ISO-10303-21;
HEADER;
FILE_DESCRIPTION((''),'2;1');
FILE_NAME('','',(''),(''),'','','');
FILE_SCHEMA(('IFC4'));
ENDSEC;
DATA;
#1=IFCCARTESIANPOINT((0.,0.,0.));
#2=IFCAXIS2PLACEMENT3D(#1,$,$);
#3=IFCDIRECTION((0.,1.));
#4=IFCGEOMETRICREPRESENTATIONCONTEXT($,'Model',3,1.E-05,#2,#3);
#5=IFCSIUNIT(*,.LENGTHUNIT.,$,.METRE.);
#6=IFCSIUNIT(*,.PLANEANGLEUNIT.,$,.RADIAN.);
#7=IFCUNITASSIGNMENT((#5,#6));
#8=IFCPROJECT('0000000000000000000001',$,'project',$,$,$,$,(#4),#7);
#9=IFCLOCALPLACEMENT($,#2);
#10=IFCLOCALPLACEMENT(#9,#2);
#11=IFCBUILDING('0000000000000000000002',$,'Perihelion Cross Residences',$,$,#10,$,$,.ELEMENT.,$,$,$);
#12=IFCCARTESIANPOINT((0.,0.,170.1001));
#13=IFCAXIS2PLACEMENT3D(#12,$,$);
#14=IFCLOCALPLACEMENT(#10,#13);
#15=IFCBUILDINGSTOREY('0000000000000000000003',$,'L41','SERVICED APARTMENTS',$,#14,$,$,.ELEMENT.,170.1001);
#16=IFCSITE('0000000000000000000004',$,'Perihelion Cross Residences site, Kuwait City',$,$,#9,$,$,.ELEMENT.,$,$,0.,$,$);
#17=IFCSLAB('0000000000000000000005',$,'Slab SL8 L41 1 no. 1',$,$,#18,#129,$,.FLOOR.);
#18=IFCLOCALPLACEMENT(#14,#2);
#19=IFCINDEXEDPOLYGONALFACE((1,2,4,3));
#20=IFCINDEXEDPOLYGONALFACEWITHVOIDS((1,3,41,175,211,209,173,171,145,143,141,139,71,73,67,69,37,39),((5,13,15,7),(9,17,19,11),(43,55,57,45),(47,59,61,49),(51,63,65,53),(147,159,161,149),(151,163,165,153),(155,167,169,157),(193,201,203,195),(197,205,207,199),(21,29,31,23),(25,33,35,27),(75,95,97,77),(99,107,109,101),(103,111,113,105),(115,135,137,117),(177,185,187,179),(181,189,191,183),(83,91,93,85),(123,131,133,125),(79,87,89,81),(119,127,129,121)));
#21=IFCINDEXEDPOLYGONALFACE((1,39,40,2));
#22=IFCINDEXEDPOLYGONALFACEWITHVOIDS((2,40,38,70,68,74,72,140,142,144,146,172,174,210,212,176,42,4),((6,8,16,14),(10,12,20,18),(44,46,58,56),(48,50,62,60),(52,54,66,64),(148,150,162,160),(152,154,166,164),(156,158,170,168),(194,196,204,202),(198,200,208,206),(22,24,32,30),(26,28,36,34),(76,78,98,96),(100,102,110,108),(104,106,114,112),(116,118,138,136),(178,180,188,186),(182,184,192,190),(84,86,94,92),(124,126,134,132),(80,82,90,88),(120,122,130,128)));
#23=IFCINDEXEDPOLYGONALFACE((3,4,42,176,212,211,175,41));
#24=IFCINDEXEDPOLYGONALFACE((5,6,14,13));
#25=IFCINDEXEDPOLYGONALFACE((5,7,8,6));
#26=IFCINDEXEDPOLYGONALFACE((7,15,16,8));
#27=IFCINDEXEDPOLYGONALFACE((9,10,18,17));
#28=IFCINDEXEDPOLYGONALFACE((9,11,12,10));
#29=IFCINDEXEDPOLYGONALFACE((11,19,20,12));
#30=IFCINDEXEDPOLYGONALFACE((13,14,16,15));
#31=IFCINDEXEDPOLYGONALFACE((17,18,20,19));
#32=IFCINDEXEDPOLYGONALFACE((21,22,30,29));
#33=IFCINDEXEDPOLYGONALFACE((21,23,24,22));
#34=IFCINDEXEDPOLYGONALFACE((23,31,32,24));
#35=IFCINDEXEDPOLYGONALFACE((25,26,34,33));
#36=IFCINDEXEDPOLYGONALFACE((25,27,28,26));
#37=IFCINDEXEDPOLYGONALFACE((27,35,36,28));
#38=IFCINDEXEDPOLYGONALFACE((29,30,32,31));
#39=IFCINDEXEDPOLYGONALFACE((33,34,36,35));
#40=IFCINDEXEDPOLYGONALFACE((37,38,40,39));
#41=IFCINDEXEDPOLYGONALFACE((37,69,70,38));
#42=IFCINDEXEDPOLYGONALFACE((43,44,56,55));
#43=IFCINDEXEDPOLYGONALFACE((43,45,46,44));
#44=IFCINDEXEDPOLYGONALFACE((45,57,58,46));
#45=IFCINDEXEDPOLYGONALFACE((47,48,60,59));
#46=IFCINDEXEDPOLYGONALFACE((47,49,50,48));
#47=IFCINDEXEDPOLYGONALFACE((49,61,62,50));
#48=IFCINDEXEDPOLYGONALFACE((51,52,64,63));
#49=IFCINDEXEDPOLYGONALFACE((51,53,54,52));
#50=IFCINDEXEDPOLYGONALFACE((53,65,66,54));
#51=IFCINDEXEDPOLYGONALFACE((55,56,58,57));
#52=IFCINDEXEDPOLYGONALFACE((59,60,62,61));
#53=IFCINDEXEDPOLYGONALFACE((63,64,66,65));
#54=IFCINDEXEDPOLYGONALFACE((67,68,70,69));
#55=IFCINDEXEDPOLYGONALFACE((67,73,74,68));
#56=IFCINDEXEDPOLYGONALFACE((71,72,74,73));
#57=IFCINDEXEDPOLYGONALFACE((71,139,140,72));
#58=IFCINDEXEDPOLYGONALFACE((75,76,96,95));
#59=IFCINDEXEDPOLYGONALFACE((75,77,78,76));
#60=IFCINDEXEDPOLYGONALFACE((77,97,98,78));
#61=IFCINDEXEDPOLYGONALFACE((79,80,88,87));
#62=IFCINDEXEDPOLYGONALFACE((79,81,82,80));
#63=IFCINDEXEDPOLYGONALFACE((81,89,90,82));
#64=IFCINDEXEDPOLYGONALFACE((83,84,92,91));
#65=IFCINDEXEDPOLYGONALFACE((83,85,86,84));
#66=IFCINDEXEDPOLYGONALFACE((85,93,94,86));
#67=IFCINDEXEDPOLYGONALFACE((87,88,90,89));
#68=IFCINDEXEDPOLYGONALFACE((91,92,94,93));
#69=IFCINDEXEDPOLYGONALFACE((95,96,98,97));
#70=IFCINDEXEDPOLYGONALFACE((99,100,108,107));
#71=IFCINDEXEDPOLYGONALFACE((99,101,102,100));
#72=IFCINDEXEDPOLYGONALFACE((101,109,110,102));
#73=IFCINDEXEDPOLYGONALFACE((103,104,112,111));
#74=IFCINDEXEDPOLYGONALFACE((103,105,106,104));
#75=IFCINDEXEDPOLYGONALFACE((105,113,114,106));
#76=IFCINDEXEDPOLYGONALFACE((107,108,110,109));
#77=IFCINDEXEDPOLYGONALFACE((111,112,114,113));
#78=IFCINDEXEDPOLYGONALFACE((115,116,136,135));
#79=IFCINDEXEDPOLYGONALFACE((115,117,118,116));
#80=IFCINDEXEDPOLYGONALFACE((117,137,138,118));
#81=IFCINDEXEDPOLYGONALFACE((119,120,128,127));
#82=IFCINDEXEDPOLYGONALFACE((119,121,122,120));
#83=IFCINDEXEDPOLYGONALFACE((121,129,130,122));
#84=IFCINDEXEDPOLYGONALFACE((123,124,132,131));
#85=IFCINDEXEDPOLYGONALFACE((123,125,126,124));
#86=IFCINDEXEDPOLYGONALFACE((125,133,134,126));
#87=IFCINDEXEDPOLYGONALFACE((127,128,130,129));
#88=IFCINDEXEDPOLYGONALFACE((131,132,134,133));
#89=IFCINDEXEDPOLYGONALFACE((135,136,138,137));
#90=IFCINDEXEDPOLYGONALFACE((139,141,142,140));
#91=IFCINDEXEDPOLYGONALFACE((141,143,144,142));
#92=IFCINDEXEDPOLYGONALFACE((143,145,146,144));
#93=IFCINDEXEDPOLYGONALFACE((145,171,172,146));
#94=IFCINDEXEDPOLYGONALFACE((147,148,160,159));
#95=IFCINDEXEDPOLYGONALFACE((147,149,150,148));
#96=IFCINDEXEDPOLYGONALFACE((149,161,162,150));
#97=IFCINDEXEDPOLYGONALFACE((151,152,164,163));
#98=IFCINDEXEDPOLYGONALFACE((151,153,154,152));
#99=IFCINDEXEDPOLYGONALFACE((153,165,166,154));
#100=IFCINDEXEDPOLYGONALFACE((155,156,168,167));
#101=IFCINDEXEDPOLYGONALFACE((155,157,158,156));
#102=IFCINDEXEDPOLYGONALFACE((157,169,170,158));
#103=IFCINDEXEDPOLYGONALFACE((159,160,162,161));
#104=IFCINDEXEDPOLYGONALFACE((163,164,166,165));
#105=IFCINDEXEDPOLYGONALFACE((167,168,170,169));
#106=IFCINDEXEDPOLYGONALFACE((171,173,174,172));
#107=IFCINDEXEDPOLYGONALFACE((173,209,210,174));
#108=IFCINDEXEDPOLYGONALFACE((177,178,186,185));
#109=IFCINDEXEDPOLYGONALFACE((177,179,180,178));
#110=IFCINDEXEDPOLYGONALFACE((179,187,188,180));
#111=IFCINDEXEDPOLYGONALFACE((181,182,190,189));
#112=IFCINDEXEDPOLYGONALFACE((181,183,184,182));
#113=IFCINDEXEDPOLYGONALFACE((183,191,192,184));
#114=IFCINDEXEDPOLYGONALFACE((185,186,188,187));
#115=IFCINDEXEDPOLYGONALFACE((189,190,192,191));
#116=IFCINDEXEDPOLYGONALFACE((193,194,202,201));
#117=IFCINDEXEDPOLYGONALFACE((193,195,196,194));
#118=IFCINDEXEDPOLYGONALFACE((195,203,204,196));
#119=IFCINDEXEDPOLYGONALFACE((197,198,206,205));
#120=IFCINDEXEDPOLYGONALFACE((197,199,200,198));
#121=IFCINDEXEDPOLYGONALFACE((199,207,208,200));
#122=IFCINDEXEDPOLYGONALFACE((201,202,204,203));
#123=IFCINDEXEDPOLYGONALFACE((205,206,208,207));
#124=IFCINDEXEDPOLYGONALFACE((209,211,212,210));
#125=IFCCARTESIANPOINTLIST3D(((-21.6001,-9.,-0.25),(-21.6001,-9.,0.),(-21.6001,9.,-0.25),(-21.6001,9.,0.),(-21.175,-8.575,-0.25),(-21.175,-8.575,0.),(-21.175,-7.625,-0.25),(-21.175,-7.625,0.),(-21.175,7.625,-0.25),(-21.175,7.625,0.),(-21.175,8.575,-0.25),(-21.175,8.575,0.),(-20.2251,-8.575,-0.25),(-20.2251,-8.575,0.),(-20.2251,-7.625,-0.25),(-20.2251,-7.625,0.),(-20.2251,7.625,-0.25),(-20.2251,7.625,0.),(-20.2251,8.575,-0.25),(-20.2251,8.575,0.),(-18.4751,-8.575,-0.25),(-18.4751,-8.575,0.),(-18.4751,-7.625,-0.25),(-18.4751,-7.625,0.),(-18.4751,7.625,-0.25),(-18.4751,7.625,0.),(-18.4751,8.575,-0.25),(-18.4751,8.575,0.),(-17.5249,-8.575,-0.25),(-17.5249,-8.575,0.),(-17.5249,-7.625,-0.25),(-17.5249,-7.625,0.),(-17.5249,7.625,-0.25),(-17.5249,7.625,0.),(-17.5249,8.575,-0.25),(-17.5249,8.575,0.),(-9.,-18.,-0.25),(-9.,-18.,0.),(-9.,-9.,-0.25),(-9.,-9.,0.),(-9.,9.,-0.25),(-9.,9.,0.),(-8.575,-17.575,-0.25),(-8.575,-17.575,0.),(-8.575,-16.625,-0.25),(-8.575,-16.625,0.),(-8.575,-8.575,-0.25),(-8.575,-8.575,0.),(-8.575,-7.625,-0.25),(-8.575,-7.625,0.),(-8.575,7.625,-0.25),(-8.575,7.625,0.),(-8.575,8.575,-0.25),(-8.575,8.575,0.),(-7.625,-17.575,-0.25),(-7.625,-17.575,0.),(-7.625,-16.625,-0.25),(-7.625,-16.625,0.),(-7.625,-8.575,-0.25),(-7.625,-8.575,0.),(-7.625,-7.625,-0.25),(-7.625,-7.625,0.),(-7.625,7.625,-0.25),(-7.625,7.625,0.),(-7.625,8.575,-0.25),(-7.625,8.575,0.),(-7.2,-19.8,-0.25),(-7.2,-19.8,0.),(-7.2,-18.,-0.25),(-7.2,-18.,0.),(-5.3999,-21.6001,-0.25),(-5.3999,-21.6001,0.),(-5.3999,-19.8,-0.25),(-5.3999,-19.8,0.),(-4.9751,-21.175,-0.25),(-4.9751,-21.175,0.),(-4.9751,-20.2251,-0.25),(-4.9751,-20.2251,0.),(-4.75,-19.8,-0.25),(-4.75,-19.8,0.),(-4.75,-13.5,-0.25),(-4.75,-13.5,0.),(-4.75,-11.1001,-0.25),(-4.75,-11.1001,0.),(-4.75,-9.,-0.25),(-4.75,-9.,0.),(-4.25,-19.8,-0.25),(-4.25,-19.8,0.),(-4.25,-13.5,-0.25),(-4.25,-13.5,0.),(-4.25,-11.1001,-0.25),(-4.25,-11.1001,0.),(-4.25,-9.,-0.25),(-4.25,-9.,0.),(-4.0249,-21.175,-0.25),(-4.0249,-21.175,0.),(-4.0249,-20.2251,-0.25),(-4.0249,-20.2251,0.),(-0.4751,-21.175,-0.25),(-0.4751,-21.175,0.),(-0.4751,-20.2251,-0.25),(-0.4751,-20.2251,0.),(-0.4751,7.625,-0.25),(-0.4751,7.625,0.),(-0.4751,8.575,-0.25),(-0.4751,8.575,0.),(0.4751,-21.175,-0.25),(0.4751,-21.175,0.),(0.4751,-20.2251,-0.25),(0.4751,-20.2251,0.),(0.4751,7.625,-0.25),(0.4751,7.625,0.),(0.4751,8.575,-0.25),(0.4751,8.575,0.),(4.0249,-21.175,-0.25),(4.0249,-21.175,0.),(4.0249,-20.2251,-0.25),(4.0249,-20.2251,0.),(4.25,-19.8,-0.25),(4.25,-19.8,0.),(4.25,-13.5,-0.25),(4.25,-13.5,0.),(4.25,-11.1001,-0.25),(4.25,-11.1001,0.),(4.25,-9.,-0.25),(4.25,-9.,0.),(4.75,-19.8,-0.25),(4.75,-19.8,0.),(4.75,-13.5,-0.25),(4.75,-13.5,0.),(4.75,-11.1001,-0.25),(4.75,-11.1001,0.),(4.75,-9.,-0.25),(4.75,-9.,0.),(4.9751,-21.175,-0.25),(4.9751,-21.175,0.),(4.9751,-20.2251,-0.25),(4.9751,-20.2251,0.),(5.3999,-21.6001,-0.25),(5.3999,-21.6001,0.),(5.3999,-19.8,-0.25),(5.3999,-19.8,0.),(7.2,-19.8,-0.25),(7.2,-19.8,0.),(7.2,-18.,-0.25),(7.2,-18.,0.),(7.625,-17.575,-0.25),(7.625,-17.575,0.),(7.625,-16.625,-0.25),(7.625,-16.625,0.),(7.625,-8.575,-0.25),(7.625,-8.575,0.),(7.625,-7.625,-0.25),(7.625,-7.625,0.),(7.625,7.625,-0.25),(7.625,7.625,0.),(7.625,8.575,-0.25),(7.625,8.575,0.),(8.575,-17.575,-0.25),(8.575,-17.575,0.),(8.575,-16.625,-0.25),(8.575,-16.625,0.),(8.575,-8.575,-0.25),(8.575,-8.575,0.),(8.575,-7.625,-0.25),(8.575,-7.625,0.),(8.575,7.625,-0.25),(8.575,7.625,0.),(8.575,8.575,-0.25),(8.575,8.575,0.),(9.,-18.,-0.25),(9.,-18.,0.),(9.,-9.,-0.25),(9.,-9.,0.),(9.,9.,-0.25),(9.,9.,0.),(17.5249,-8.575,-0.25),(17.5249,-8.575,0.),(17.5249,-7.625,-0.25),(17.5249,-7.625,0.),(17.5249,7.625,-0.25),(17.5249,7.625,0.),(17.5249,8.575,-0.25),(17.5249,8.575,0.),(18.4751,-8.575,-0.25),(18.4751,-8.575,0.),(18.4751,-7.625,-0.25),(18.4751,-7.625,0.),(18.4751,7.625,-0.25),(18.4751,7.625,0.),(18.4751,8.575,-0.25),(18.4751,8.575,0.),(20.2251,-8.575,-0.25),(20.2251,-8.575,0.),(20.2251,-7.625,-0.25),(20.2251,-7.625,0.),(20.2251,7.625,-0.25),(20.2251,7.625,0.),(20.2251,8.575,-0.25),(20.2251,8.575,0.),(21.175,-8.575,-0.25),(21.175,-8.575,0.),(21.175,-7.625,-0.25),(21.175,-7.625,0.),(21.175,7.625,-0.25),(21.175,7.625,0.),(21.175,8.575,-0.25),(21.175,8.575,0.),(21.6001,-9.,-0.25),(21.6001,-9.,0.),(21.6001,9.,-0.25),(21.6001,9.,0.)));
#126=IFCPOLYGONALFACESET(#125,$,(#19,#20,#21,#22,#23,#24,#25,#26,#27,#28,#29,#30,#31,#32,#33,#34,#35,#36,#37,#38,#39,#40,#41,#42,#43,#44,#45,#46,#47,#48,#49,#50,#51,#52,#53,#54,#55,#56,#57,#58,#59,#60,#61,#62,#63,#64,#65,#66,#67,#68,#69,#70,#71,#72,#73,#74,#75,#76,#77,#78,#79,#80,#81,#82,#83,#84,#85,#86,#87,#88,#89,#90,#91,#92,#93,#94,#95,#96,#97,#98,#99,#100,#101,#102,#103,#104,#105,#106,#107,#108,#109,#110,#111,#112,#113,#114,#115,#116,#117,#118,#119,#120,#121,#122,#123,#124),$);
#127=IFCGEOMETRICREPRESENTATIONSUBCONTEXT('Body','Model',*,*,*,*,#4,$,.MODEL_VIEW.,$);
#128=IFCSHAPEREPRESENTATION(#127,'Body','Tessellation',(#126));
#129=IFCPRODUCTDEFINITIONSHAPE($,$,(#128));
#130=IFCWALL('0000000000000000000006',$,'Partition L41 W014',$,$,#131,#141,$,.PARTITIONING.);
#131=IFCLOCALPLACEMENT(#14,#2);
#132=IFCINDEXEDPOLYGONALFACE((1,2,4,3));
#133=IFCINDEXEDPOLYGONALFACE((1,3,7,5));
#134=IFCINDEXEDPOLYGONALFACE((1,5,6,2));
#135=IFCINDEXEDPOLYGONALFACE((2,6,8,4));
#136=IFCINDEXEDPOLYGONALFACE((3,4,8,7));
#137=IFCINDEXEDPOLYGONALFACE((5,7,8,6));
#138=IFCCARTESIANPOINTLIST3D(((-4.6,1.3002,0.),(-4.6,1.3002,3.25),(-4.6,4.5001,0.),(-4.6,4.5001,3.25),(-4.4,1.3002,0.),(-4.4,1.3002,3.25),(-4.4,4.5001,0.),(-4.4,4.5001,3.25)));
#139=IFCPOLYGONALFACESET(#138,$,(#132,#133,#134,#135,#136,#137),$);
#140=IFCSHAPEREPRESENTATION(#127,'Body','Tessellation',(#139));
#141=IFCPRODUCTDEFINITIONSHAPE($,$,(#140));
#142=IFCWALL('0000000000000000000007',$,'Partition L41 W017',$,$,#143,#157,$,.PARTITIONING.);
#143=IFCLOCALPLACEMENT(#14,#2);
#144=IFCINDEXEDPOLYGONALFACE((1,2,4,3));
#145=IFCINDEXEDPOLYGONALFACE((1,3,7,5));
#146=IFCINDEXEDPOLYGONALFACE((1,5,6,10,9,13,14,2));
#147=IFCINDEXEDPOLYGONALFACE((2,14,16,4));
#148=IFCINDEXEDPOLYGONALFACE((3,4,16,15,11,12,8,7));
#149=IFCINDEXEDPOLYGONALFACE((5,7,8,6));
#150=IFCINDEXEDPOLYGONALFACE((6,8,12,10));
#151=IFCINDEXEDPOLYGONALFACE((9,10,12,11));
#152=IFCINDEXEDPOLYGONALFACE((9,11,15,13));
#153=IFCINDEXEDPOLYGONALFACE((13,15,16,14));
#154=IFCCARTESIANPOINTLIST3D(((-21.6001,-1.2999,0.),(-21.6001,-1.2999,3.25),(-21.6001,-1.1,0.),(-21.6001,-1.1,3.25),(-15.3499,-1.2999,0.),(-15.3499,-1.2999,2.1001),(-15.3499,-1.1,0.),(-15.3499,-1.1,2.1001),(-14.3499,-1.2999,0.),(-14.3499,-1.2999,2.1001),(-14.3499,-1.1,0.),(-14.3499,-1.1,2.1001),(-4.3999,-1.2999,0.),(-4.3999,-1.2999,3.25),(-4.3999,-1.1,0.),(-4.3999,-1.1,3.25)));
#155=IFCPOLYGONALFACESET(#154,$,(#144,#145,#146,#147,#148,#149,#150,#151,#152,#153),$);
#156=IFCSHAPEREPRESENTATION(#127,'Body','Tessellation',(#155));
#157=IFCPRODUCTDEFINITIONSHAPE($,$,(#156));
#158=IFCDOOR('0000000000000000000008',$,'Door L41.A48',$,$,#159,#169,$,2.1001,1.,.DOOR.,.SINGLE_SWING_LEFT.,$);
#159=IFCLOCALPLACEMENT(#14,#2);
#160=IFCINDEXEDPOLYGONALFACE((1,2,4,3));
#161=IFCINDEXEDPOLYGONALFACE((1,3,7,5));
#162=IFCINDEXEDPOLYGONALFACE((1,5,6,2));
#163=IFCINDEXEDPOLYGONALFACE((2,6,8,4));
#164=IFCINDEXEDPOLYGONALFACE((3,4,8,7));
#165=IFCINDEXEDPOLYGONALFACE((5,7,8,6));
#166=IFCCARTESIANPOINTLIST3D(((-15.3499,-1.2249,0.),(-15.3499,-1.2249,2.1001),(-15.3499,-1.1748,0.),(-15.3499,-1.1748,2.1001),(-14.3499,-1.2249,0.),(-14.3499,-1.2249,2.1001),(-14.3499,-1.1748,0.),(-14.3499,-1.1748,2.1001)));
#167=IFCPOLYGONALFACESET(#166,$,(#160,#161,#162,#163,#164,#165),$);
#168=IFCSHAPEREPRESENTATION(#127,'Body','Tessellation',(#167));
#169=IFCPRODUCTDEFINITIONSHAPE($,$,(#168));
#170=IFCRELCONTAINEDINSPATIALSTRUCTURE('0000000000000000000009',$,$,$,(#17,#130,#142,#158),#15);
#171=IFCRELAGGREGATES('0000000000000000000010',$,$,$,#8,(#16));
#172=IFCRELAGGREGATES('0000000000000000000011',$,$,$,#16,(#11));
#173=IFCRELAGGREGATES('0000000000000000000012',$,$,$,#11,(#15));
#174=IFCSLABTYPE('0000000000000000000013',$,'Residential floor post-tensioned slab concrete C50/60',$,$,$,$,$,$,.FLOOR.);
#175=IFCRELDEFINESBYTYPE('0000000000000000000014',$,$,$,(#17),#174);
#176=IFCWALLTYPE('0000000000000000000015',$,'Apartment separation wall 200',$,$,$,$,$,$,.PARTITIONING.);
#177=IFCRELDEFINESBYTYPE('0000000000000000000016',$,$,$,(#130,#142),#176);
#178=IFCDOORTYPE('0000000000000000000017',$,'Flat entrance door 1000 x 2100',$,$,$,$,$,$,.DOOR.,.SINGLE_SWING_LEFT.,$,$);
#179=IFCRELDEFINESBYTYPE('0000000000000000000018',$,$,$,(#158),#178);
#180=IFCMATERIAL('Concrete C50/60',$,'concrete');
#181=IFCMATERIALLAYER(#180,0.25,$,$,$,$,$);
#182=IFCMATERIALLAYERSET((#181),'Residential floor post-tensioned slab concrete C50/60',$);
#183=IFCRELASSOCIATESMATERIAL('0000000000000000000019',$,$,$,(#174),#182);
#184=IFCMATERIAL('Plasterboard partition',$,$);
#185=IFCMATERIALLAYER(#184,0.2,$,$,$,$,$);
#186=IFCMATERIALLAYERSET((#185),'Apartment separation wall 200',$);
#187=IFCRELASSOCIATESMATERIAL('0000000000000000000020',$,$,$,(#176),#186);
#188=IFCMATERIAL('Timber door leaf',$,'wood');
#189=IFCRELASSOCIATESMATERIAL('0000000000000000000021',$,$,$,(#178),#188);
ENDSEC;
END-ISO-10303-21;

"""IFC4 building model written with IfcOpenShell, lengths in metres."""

from ifc_helpers import new_model, si_unit, direction, frame, frame_2d, origin, place, context, subcontext, project, spatial, polyline, rectangle, outline, extrude, material, layer, layer_set, type_object, element, fill, save


model = new_model("IFC4")

# Units and contexts
model_context = context("Model", 3, precision=1e-05, world=origin(), true_north=direction((0.0, 1.0)))
body_context = subcontext(model_context, "Body", "Model", "MODEL_VIEW")
ifc_project = project(units=[si_unit("LENGTHUNIT", "METRE"), si_unit("PLANEANGLEUNIT", "RADIAN")], contexts=[model_context])

# Site, building, storey
site_placement = place(None, origin())
site = spatial("IfcSite", under=ifc_project, at=site_placement, Name="Perihelion Cross Residences site, Kuwait City", CompositionType="ELEMENT", RefElevation=0.0)
building_placement = place(site_placement, origin())
building = spatial("IfcBuilding", under=site, at=building_placement, Name="Perihelion Cross Residences", CompositionType="ELEMENT")
storey_placement = place(building_placement, frame((0.0, 0.0, 170.1001)))
storey = spatial("IfcBuildingStorey", under=building, at=storey_placement, Name="L41", Description="SERVICED APARTMENTS", CompositionType="ELEMENT", Elevation=170.1001)

# Slab
ifc_material_1 = material(Name="Concrete C50/60", Category="concrete")
ifc_layer_1 = layer(ifc_material_1, 0.25)
ifc_layer_set_1 = layer_set([ifc_layer_1], Name="Residential floor post-tensioned slab concrete C50/60")
slab_type_1 = type_object("IfcSlabType", Name="Residential floor post-tensioned slab concrete C50/60", PredefinedType="FLOOR", material=ifc_layer_set_1)
slab_1_placement = place(storey_placement, frame((0.0, 0.0, -0.25)))
element("IfcSlab", 1, at=slab_1_placement, inside=storey, type_object=slab_type_1, Name="Slab SL8 L41 1 no. 1", PredefinedType="FLOOR", context=body_context, shape_type="SweptSolid", body=[
    extrude(outline(polyline([(-9.0, 9.0), (9.0, 9.0), (21.6001, 9.0), (21.6001, -9.0), (9.0, -9.0), (9.0, -18.0), (7.2, -18.0), (7.2, -19.8), (5.3999, -19.8), (5.3999, -21.6001), (-5.3999, -21.6001), (-5.3999, -19.8), (-7.2, -19.8), (-7.2, -18.0), (-9.0, -18.0), (-9.0, -9.0), (-21.6001, -9.0), (-21.6001, 9.0), (-9.0, 9.0)]), holes=[polyline([(-4.0249, -20.2251), (-4.9751, -20.2251), (-4.9751, -21.175), (-4.0249, -21.175), (-4.0249, -20.2251)]), polyline([(0.4751, -21.175), (0.4751, -20.2251), (-0.4751, -20.2251), (-0.4751, -21.175), (0.4751, -21.175)]), polyline([(-7.625, -17.575), (-7.625, -16.625), (-8.575, -16.625), (-8.575, -17.575), (-7.625, -17.575)]), polyline([(-4.25, -13.5), (-4.75, -13.5), (-4.75, -19.8), (-4.25, -19.8), (-4.25, -13.5)]), polyline([(-4.25, -11.1001), (-4.25, -9.0), (-4.75, -9.0), (-4.75, -11.1001), (-4.25, -11.1001)]), polyline([(-20.2251, -8.575), (-20.2251, -7.625), (-21.175, -7.625), (-21.175, -8.575), (-20.2251, -8.575)]), polyline([(-17.5249, -7.625), (-18.4751, -7.625), (-18.4751, -8.575), (-17.5249, -8.575), (-17.5249, -7.625)]), polyline([(-7.625, -8.575), (-7.625, -7.625), (-8.575, -7.625), (-8.575, -8.575), (-7.625, -8.575)]), polyline([(-20.2251, 8.575), (-21.175, 8.575), (-21.175, 7.625), (-20.2251, 7.625), (-20.2251, 8.575)]), polyline([(-17.5249, 7.625), (-17.5249, 8.575), (-18.4751, 8.575), (-18.4751, 7.625), (-17.5249, 7.625)]), polyline([(-7.625, 7.625), (-7.625, 8.575), (-8.575, 8.575), (-8.575, 7.625), (-7.625, 7.625)]), polyline([(4.9751, -20.2251), (4.0249, -20.2251), (4.0249, -21.175), (4.9751, -21.175), (4.9751, -20.2251)]), polyline([(8.575, -17.575), (8.575, -16.625), (7.625, -16.625), (7.625, -17.575), (8.575, -17.575)]), polyline([(4.75, -19.8), (4.75, -13.5), (4.25, -13.5), (4.25, -19.8), (4.75, -19.8)]), polyline([(4.75, -9.0), (4.25, -9.0), (4.25, -11.1001), (4.75, -11.1001), (4.75, -9.0)]), polyline([(8.575, -8.575), (8.575, -7.625), (7.625, -7.625), (7.625, -8.575), (8.575, -8.575)]), polyline([(18.4751, -8.575), (18.4751, -7.625), (17.5249, -7.625), (17.5249, -8.575), (18.4751, -8.575)]), polyline([(21.175, -7.625), (20.2251, -7.625), (20.2251, -8.575), (21.175, -8.575), (21.175, -7.625)]), polyline([(0.4751, 7.625), (0.4751, 8.575), (-0.4751, 8.575), (-0.4751, 7.625), (0.4751, 7.625)]), polyline([(8.575, 8.575), (7.625, 8.575), (7.625, 7.625), (8.575, 7.625), (8.575, 8.575)]), polyline([(18.4751, 7.625), (18.4751, 8.575), (17.5249, 8.575), (17.5249, 7.625), (18.4751, 7.625)]), polyline([(21.175, 7.625), (21.175, 8.575), (20.2251, 8.575), (20.2251, 7.625), (21.175, 7.625)])]), origin(), (0.0, 0.0, 1.0), 0.25),
])

# Wall
ifc_material_2 = material(Name="Plasterboard partition")
ifc_layer_2 = layer(ifc_material_2, 0.2)
ifc_layer_set_2 = layer_set([ifc_layer_2], Name="Apartment separation wall 200")
wall_type_1 = type_object("IfcWallType", Name="Apartment separation wall 200", PredefinedType="PARTITIONING", material=ifc_layer_set_2)
wall_1_placement = place(storey_placement, frame((-4.5, 1.3, 0.0), z_axis=(0.0, 0.0, 1.0), x_axis=(0.0, 1.0, 0.0)))
element("IfcWall", 2, at=wall_1_placement, inside=storey, type_object=wall_type_1, Name="Partition L41 W014", PredefinedType="PARTITIONING", context=body_context, shape_type="SweptSolid", body=[
    extrude(rectangle(XDim=3.2, YDim=0.2, at=frame_2d((1.6001, 0.0))), origin(), (0.0, 0.0, 1.0), 3.25),
])

# Wall, opening, door
wall_2_placement = place(storey_placement, frame((-4.3999, -1.2, 0.0), z_axis=(0.0, 0.0, 1.0), x_axis=(-1.0, 0.0, 0.0)))
wall_2 = element("IfcWall", 3, at=wall_2_placement, inside=storey, type_object=wall_type_1, Name="Partition L41 W017", PredefinedType="PARTITIONING", context=body_context, shape_type="SweptSolid", body=[
    extrude(rectangle(XDim=17.2002, YDim=0.2, at=frame_2d((8.6001, 0.0))), origin(), (0.0, 0.0, 1.0), 3.25),
])
opening_1_placement = place(wall_2_placement, frame((9.95, 0.0, 0.0)))
opening_1 = element("IfcOpeningElement", 4, at=opening_1_placement, cuts=wall_2, PredefinedType="OPENING", context=body_context, shape_type="SweptSolid", body=[
    extrude(rectangle(XDim=1.0, YDim=2.1001, at=frame_2d((0.5, 1.05))), frame((0.0, 0.1099, 0.0), z_axis=(0.0, -1.0, 0.0), x_axis=(1.0, 0.0, 0.0)), (0.0, 0.0, 1.0), 0.22),
])
ifc_material_3 = material(Name="Timber door leaf", Category="wood")
door_type_1 = type_object("IfcDoorType", Name="Flat entrance door 1000 x 2100", OperationType="SINGLE_SWING_LEFT", PredefinedType="DOOR", material=ifc_material_3)
door_1_placement = place(opening_1_placement, origin())
door_1 = element("IfcDoor", 5, at=door_1_placement, inside=storey, type_object=door_type_1, Name="Door L41.A48", OperationType="SINGLE_SWING_LEFT", OverallHeight=2.1001, OverallWidth=1.0, PredefinedType="DOOR", context=body_context, shape_type="SweptSolid", body=[
    extrude(rectangle(XDim=1.0, YDim=2.1001, at=frame_2d((0.5, 1.05))), frame((0.0, 0.0249, 0.0), z_axis=(0.0, -1.0, 0.0), x_axis=(1.0, 0.0, 0.0)), (0.0, 0.0, 1.0), 0.05),
])
fill(opening_1, door_1)

save(model, "model.ifc")
